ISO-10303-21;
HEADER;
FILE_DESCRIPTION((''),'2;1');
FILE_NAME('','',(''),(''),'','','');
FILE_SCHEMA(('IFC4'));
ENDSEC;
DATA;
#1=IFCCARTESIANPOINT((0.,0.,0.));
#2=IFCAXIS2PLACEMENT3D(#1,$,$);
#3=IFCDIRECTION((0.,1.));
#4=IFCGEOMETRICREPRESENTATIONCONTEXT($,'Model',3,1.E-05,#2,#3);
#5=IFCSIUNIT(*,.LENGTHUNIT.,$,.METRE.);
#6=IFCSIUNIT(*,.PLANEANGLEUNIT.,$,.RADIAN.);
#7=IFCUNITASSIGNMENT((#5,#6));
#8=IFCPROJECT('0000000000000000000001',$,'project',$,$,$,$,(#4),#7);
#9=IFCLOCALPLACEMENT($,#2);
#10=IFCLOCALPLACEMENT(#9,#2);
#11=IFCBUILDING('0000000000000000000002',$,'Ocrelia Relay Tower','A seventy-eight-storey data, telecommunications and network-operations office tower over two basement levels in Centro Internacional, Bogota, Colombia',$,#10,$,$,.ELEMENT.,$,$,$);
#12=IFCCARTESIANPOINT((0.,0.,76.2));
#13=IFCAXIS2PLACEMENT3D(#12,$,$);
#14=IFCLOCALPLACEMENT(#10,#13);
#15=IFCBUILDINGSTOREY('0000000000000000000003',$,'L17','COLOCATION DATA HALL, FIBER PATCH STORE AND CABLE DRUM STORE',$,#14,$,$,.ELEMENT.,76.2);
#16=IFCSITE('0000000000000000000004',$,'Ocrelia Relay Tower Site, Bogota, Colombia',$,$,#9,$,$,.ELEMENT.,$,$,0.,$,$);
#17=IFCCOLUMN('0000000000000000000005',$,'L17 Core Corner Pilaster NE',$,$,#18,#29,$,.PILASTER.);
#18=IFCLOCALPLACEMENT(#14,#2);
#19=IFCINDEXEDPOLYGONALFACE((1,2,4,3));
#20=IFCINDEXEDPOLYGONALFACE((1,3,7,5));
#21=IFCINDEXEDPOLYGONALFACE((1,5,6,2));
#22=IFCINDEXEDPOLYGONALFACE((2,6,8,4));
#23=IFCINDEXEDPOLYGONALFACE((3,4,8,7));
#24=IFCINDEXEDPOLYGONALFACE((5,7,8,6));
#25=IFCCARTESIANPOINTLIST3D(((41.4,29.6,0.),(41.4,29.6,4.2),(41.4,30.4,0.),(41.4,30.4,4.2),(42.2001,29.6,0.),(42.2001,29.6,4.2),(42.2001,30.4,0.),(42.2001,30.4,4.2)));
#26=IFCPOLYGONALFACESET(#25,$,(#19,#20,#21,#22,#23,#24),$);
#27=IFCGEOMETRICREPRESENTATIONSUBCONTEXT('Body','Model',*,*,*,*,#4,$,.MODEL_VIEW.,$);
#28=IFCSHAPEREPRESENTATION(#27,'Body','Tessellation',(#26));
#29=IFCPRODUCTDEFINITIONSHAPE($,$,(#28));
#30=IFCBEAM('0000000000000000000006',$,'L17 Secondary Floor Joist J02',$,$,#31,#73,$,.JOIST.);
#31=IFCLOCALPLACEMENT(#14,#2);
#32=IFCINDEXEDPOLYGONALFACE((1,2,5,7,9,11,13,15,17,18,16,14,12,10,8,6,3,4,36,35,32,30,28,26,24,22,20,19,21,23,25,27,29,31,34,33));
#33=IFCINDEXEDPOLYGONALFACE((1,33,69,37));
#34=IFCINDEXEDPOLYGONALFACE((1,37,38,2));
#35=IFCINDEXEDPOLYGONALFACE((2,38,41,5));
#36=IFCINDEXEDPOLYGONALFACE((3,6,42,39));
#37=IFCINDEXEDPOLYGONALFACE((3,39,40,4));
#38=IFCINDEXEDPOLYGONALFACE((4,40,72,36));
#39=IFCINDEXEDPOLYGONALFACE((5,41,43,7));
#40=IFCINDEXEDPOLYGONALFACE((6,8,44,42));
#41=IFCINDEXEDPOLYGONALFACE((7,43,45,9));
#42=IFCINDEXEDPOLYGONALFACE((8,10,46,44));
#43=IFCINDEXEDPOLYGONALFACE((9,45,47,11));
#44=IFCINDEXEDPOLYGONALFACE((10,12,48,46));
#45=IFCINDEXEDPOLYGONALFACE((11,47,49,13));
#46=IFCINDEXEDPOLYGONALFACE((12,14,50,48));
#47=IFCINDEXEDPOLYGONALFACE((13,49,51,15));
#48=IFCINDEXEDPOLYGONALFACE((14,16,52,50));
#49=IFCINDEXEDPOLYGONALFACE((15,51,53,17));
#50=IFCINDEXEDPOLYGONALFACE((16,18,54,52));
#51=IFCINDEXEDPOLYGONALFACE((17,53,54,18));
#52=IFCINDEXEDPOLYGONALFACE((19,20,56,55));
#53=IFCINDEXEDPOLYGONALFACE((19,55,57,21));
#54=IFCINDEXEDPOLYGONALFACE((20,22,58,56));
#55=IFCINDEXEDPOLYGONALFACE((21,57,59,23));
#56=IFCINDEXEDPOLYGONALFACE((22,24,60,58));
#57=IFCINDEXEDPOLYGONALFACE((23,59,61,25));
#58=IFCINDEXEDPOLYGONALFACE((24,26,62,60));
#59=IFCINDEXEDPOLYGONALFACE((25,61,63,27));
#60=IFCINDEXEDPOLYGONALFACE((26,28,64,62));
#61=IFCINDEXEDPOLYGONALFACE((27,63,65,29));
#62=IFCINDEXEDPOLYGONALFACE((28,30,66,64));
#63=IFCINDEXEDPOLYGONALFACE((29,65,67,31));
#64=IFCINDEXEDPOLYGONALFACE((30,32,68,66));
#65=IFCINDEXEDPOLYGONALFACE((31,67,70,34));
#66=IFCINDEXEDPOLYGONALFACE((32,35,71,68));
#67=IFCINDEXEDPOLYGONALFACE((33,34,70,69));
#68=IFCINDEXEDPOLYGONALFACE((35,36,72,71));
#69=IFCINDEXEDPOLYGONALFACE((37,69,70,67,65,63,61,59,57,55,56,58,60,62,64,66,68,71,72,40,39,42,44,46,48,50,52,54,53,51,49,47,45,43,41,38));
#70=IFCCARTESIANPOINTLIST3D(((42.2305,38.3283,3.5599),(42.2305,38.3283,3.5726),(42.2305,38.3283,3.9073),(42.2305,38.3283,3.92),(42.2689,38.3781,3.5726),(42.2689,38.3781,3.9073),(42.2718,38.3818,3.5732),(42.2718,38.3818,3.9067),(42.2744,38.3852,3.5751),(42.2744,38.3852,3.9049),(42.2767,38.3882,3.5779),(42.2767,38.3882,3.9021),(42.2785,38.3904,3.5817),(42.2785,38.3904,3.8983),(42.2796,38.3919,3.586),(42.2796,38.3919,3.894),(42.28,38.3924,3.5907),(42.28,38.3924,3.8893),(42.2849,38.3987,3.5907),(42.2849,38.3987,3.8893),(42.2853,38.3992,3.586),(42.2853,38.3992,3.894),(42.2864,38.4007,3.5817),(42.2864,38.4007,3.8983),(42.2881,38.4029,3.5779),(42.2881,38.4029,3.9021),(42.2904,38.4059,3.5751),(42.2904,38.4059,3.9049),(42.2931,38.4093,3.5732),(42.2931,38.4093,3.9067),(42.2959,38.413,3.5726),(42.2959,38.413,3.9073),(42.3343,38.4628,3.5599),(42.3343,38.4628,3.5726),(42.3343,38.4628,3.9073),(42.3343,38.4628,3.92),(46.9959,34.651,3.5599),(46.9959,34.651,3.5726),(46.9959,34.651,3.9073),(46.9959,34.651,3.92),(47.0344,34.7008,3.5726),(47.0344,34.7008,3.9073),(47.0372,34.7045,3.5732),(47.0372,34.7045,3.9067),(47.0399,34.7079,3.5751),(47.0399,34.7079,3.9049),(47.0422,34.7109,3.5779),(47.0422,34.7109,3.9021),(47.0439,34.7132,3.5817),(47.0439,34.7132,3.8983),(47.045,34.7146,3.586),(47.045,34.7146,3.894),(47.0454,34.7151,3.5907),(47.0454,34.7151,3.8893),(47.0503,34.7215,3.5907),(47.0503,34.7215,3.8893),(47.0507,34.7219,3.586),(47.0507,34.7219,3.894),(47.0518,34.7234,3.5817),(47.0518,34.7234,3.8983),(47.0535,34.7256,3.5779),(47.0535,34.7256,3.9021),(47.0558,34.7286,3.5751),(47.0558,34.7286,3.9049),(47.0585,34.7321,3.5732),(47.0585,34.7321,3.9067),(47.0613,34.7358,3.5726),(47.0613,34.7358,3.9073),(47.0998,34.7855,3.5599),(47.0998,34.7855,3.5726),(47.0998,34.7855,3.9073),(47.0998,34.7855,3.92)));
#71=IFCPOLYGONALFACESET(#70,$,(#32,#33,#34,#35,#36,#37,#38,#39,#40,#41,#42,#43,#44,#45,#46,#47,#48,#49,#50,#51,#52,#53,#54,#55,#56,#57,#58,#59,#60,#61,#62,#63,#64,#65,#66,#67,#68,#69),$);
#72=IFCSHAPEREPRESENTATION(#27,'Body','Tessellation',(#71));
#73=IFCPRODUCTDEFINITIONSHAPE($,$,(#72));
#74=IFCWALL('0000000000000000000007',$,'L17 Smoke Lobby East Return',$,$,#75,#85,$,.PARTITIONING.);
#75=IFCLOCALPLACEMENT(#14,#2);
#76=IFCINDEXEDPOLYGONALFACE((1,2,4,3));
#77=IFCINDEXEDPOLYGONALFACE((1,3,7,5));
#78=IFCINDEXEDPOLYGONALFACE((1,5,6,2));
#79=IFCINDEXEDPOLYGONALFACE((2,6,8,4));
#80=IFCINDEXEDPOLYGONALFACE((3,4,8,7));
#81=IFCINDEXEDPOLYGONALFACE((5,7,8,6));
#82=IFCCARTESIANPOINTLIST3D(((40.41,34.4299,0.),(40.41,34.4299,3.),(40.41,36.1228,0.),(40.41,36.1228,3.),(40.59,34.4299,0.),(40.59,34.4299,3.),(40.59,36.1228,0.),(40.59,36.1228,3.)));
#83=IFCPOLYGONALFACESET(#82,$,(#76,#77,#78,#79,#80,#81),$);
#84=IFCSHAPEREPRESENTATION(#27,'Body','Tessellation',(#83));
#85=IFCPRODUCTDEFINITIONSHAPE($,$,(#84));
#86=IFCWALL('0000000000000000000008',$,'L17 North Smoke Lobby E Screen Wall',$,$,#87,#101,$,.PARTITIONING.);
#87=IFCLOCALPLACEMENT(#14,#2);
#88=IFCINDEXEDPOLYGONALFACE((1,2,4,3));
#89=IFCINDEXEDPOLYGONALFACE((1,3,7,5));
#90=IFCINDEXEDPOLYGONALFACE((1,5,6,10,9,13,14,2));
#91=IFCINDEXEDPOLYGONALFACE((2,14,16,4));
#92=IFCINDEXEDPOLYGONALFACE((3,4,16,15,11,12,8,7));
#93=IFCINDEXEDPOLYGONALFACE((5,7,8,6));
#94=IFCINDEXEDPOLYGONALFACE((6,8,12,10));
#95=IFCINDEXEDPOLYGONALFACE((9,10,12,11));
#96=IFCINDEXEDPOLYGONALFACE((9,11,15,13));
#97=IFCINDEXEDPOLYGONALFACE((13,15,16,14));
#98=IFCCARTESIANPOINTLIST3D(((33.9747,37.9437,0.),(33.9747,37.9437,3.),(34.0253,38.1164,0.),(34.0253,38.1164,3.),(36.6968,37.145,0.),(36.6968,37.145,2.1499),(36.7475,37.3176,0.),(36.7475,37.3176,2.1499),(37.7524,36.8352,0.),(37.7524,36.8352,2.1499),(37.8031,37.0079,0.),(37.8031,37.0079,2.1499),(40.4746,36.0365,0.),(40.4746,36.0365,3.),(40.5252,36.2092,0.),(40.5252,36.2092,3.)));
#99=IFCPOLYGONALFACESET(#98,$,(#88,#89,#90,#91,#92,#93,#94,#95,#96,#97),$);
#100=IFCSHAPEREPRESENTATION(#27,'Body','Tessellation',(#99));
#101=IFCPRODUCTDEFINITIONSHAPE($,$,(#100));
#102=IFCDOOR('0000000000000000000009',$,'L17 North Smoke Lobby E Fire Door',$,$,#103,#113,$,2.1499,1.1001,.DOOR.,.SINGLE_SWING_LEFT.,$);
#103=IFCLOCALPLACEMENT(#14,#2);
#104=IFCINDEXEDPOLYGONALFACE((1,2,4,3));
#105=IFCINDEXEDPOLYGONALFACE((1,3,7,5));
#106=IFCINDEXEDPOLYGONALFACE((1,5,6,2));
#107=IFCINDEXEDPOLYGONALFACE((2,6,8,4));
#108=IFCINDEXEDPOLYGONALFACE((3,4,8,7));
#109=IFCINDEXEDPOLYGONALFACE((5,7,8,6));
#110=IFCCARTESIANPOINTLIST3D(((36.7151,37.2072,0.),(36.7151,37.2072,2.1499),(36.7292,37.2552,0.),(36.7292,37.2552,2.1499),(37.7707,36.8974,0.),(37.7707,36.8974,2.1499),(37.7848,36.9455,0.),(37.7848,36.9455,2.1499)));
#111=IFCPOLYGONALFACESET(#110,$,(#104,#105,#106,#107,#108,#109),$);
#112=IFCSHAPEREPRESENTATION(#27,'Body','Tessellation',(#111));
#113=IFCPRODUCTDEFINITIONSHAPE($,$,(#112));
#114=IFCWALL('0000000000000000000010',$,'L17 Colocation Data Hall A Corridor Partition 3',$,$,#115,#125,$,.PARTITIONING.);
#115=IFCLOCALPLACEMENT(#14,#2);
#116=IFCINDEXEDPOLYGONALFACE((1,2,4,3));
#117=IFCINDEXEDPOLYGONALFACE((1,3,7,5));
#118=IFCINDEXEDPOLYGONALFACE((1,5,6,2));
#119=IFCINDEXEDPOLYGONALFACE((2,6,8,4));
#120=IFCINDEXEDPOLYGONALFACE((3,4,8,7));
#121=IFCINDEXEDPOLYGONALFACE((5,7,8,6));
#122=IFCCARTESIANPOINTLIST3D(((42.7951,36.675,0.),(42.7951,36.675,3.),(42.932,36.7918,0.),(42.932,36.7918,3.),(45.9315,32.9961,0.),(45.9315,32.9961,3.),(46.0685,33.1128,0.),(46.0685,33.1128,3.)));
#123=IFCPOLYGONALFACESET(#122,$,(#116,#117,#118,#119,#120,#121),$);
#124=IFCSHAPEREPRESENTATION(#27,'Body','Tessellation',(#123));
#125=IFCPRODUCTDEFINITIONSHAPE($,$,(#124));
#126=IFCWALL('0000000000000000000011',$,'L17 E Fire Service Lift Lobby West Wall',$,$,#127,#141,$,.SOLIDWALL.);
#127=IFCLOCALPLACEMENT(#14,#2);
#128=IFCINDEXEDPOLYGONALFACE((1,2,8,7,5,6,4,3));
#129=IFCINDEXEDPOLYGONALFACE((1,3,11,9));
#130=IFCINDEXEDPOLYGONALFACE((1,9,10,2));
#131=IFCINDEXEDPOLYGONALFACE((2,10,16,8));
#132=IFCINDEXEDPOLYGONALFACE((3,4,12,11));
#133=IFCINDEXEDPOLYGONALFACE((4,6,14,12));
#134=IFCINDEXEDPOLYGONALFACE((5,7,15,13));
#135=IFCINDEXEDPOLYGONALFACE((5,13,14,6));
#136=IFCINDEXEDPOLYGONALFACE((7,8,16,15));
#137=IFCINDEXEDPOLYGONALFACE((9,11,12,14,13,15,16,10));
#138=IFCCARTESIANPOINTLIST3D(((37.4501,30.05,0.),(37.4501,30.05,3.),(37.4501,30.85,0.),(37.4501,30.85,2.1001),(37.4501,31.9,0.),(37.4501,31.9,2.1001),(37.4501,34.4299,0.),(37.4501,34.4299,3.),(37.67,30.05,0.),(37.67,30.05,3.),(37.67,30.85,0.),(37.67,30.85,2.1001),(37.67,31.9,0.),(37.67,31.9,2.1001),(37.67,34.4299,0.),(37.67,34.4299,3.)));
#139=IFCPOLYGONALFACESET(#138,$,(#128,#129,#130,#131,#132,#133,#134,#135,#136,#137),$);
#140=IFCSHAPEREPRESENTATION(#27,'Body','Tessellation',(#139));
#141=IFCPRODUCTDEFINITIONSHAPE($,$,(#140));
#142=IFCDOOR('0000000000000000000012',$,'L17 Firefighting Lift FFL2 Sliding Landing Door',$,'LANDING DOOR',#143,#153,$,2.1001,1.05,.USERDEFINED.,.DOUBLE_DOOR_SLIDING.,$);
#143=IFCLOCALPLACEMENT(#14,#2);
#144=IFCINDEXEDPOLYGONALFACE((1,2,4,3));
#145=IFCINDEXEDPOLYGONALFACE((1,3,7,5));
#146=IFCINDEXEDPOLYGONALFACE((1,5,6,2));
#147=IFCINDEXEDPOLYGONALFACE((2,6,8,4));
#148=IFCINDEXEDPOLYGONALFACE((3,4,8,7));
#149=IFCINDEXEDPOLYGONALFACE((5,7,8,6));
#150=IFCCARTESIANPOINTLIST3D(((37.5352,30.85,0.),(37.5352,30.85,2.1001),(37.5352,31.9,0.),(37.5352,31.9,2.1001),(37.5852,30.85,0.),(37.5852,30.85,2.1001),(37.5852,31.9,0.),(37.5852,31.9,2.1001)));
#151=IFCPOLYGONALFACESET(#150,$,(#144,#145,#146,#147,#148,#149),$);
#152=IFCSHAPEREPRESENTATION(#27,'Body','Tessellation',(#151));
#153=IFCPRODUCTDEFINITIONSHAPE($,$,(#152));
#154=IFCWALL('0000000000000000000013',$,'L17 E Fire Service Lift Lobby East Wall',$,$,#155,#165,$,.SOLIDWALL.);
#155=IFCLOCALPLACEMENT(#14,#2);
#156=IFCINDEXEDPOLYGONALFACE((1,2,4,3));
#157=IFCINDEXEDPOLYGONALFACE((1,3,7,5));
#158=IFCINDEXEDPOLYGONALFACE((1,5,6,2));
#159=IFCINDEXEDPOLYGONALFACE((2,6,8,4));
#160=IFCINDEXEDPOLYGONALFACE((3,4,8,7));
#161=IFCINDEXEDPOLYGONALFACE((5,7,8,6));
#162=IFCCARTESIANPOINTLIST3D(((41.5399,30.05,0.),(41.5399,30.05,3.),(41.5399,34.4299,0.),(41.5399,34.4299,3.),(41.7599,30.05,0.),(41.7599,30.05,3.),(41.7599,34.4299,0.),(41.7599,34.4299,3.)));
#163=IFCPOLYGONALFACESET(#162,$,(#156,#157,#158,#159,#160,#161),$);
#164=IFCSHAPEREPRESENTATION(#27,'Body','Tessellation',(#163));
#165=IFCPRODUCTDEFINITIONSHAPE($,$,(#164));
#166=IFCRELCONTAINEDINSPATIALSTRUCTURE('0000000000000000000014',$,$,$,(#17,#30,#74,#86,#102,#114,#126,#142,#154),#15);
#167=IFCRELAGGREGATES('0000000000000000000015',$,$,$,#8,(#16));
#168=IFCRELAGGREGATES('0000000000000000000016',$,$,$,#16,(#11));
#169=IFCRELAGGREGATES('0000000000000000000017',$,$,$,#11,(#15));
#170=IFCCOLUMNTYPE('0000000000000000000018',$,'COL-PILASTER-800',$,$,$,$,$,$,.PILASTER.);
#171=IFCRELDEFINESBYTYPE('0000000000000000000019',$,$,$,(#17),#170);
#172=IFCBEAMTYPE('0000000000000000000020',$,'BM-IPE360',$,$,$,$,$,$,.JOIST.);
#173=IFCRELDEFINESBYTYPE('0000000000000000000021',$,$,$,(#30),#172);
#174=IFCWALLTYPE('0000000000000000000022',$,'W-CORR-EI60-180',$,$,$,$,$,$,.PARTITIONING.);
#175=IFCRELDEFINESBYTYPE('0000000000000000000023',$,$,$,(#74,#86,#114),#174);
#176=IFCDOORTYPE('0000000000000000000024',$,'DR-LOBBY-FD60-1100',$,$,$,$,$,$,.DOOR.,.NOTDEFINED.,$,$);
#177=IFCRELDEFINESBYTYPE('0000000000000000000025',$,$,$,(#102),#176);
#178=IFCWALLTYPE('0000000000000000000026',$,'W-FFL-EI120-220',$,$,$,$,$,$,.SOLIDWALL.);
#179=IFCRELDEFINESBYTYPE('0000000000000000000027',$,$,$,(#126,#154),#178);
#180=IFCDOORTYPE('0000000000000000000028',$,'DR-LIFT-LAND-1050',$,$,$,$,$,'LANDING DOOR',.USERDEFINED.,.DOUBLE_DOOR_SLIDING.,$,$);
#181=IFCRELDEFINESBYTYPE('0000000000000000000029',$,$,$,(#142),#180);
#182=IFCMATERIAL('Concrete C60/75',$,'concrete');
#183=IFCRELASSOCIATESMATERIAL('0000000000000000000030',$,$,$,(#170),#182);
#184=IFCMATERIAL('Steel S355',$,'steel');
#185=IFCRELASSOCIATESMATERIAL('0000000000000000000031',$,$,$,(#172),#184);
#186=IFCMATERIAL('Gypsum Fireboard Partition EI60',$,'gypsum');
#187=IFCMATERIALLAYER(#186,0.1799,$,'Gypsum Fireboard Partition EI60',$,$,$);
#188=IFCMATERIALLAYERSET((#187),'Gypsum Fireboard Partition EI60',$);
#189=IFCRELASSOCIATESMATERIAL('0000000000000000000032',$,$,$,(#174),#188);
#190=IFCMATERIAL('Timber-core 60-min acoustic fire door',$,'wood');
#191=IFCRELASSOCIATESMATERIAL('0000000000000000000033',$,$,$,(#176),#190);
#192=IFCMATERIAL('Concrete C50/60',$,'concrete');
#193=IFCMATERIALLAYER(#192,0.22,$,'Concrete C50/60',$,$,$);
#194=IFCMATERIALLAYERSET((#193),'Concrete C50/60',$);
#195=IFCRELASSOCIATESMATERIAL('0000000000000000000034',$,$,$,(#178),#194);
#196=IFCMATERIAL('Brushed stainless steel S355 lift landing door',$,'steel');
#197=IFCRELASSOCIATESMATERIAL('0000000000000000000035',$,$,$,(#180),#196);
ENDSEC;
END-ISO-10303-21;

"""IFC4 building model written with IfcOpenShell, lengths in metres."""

from ifc_helpers import new_model, si_unit, direction, frame, frame_2d, origin, origin_2d, place, context, subcontext, project, spatial, rectangle, i_section, extrude, material, layer, layer_set, material_profile, profile_set, type_object, element, fill, save


model = new_model("IFC4")

# Units and contexts
model_context = context("Model", 3, precision=1e-05, world=origin(), true_north=direction((0.0, 1.0)))
body_context = subcontext(model_context, "Body", "Model", "MODEL_VIEW")
ifc_project = project(units=[si_unit("LENGTHUNIT", "METRE"), si_unit("PLANEANGLEUNIT", "RADIAN")], contexts=[model_context])

# Site, building, storey
site_placement = place(None, origin())
site = spatial("IfcSite", under=ifc_project, at=site_placement, Name="Ocrelia Relay Tower Site, Bogota, Colombia", CompositionType="ELEMENT", RefElevation=0.0)
building_placement = place(site_placement, origin())
building = spatial("IfcBuilding", under=site, at=building_placement, Name="Ocrelia Relay Tower", Description="A seventy-eight-storey data, telecommunications and network-operations office tower over two basement levels in Centro Internacional, Bogota, Colombia", CompositionType="ELEMENT")
storey_placement = place(building_placement, frame((0.0, 0.0, 76.2)))
storey = spatial("IfcBuildingStorey", under=building, at=storey_placement, Name="L17", Description="COLOCATION DATA HALL, FIBER PATCH STORE AND CABLE DRUM STORE", CompositionType="ELEMENT", Elevation=76.2)

# Column
ifc_material_1 = material(Name="Concrete C60/75", Category="concrete")
ifc_material_profile_1 = material_profile(ifc_material_1, rectangle(XDim=0.8, YDim=0.8, at=origin_2d()), Name="RC-COL-800x800")
ifc_profile_set_1 = profile_set([ifc_material_profile_1], Name="Concrete C60/75")
column_type = type_object("IfcColumnType", Name="COL-PILASTER-800", PredefinedType="PILASTER", material=ifc_profile_set_1)
column_placement = place(storey_placement, frame((41.8, 30.0, 0.0), z_axis=(0.0, 0.0, 1.0), x_axis=(1.0, 0.0, 0.0)))
element("IfcColumn", 1, at=column_placement, inside=storey, type_object=column_type, Name="L17 Core Corner Pilaster NE", PredefinedType="PILASTER", context=body_context, shape_type="SweptSolid", body=[
    extrude(rectangle(XDim=0.8, YDim=0.8, at=origin_2d()), origin(), (0.0, 0.0, 1.0), 4.2),
])

# Beam
ifc_material_2 = material(Name="Steel S355", Category="steel")
ifc_material_profile_2 = material_profile(ifc_material_2, i_section(OverallWidth=0.1699, OverallDepth=0.3601, WebThickness=0.0081, FlangeThickness=0.0127, FilletRadius=0.0181, at=origin_2d()), Name="IPE 360")
ifc_profile_set_2 = profile_set([ifc_material_profile_2], Name="Steel S355")
beam_type = type_object("IfcBeamType", Name="BM-IPE360", PredefinedType="JOIST", material=ifc_profile_set_2)
beam_placement = place(storey_placement, frame((47.0479, 34.7183, 3.74), z_axis=(-0.791694, 0.610918, 0.0), x_axis=(-0.610918, -0.791694, 0.0)))
element("IfcBeam", 2, at=beam_placement, inside=storey, type_object=beam_type, Name="L17 Secondary Floor Joist J02", PredefinedType="JOIST", context=body_context, shape_type="SweptSolid", body=[
    extrude(i_section(OverallWidth=0.1699, OverallDepth=0.3601, WebThickness=0.0081, FlangeThickness=0.0127, FilletRadius=0.0181, at=origin_2d()), origin(), (0.0, 0.0, 1.0), 6.0193),
])

# Wall
ifc_material_3 = material(Name="Gypsum Fireboard Partition EI60", Category="gypsum")
ifc_layer_1 = layer(ifc_material_3, 0.1799, Name="Gypsum Fireboard Partition EI60")
ifc_layer_set_1 = layer_set([ifc_layer_1], Name="Gypsum Fireboard Partition EI60")
wall_type_1 = type_object("IfcWallType", Name="W-CORR-EI60-180", PredefinedType="PARTITIONING", material=ifc_layer_set_1)
wall_1_placement = place(storey_placement, frame((40.5, 36.1228, 0.0), z_axis=(0.0, 0.0, 1.0), x_axis=(0.0, -1.0, 0.0)))
element("IfcWall", 3, at=wall_1_placement, inside=storey, type_object=wall_type_1, Name="L17 Smoke Lobby East Return", PredefinedType="PARTITIONING", context=body_context, shape_type="SweptSolid", body=[
    extrude(rectangle(XDim=1.6929, YDim=0.1799, at=frame_2d((0.8464, 0.0))), origin(), (0.0, 0.0, 1.0), 3.0),
])

# Wall, opening, door
wall_2_placement = place(storey_placement, frame((34.0, 38.03, 0.0), z_axis=(0.0, 0.0, 1.0), x_axis=(0.959547, -0.28155, 0.0)))
wall_2 = element("IfcWall", 4, at=wall_2_placement, inside=storey, type_object=wall_type_1, Name="L17 North Smoke Lobby E Screen Wall", PredefinedType="PARTITIONING", context=body_context, shape_type="SweptSolid", body=[
    extrude(rectangle(XDim=6.7739, YDim=0.1799, at=frame_2d((3.387, 0.0))), origin(), (0.0, 0.0, 1.0), 3.0),
])
opening_1_placement = place(wall_2_placement, frame((2.8369, 0.0, 0.0)))
opening_1 = element("IfcOpeningElement", 5, at=opening_1_placement, cuts=wall_2, PredefinedType="OPENING", context=body_context, shape_type="SweptSolid", body=[
    extrude(rectangle(XDim=1.1001, YDim=2.1499, at=frame_2d((0.55, 1.075))), frame((0.0, 0.1001, 0.0), z_axis=(0.0, -1.0, 0.0), x_axis=(1.0, 0.0, 0.0)), (0.0, 0.0, 1.0), 0.2),
])
ifc_material_4 = material(Name="Timber-core 60-min acoustic fire door", Category="wood")
door_type_1 = type_object("IfcDoorType", Name="DR-LOBBY-FD60-1100", OperationType="NOTDEFINED", PredefinedType="DOOR", material=ifc_material_4)
door_1_placement = place(opening_1_placement, origin())
door_1 = element("IfcDoor", 6, at=door_1_placement, inside=storey, type_object=door_type_1, Name="L17 North Smoke Lobby E Fire Door", OperationType="SINGLE_SWING_LEFT", OverallHeight=2.1499, OverallWidth=1.1001, PredefinedType="DOOR", context=body_context, shape_type="SweptSolid", body=[
    extrude(rectangle(XDim=1.1001, YDim=2.1499, at=frame_2d((0.55, 1.075))), frame((0.0, 0.0249, 0.0), z_axis=(0.0, -1.0, 0.0), x_axis=(1.0, 0.0, 0.0)), (0.0, 0.0, 1.0), 0.05),
])
fill(opening_1, door_1)

# Wall
wall_3_placement = place(storey_placement, frame((46.0, 33.0544, 0.0), z_axis=(0.0, 0.0, 1.0), x_axis=(-0.648772, 0.760983, 0.0)))
element("IfcWall", 7, at=wall_3_placement, inside=storey, type_object=wall_type_1, Name="L17 Colocation Data Hall A Corridor Partition 3", PredefinedType="PARTITIONING", context=body_context, shape_type="SweptSolid", body=[
    extrude(rectangle(XDim=4.8345, YDim=0.1799, at=frame_2d((2.4172, 0.0))), origin(), (0.0, 0.0, 1.0), 3.0),
])

# Wall, opening, door
ifc_material_5 = material(Name="Concrete C50/60", Category="concrete")
ifc_layer_2 = layer(ifc_material_5, 0.22, Name="Concrete C50/60")
ifc_layer_set_2 = layer_set([ifc_layer_2], Name="Concrete C50/60")
wall_type_2 = type_object("IfcWallType", Name="W-FFL-EI120-220", PredefinedType="SOLIDWALL", material=ifc_layer_set_2)
wall_4_placement = place(storey_placement, frame((37.5601, 30.05, 0.0), z_axis=(0.0, 0.0, 1.0), x_axis=(0.0, 1.0, 0.0)))
wall_4 = element("IfcWall", 8, at=wall_4_placement, inside=storey, type_object=wall_type_2, Name="L17 E Fire Service Lift Lobby West Wall", PredefinedType="SOLIDWALL", context=body_context, shape_type="SweptSolid", body=[
    extrude(rectangle(XDim=4.3799, YDim=0.22, at=frame_2d((2.1899, 0.0))), origin(), (0.0, 0.0, 1.0), 3.0),
])
opening_2_placement = place(wall_4_placement, frame((0.8, 0.0, 0.0)))
opening_2 = element("IfcOpeningElement", 9, at=opening_2_placement, cuts=wall_4, PredefinedType="OPENING", context=body_context, shape_type="SweptSolid", body=[
    extrude(rectangle(XDim=1.05, YDim=2.1001, at=frame_2d((0.5249, 1.05))), frame((0.0, 0.1201, 0.0), z_axis=(0.0, -1.0, 0.0), x_axis=(1.0, 0.0, 0.0)), (0.0, 0.0, 1.0), 0.24),
])
ifc_material_6 = material(Name="Brushed stainless steel S355 lift landing door", Category="steel")
door_type_2 = type_object("IfcDoorType", Name="DR-LIFT-LAND-1050", ElementType="LANDING DOOR", OperationType="DOUBLE_DOOR_SLIDING", PredefinedType="USERDEFINED", material=ifc_material_6)
door_2_placement = place(opening_2_placement, origin())
door_2 = element("IfcDoor", 10, at=door_2_placement, inside=storey, type_object=door_type_2, Name="L17 Firefighting Lift FFL2 Sliding Landing Door", ObjectType="LANDING DOOR", OperationType="DOUBLE_DOOR_SLIDING", OverallHeight=2.1001, OverallWidth=1.05, PredefinedType="USERDEFINED", context=body_context, shape_type="SweptSolid", body=[
    extrude(rectangle(XDim=1.05, YDim=2.1001, at=frame_2d((0.5249, 1.05))), frame((0.0, 0.0249, 0.0), z_axis=(0.0, -1.0, 0.0), x_axis=(1.0, 0.0, 0.0)), (0.0, 0.0, 1.0), 0.05),
])
fill(opening_2, door_2)

# Wall
wall_5_placement = place(storey_placement, frame((41.6499, 30.05, 0.0), z_axis=(0.0, 0.0, 1.0), x_axis=(0.0, 1.0, 0.0)))
element("IfcWall", 11, at=wall_5_placement, inside=storey, type_object=wall_type_2, Name="L17 E Fire Service Lift Lobby East Wall", PredefinedType="SOLIDWALL", context=body_context, shape_type="SweptSolid", body=[
    extrude(rectangle(XDim=4.3799, YDim=0.22, at=frame_2d((2.1899, 0.0))), origin(), (0.0, 0.0, 1.0), 3.0),
])

save(model, "model.ifc")
